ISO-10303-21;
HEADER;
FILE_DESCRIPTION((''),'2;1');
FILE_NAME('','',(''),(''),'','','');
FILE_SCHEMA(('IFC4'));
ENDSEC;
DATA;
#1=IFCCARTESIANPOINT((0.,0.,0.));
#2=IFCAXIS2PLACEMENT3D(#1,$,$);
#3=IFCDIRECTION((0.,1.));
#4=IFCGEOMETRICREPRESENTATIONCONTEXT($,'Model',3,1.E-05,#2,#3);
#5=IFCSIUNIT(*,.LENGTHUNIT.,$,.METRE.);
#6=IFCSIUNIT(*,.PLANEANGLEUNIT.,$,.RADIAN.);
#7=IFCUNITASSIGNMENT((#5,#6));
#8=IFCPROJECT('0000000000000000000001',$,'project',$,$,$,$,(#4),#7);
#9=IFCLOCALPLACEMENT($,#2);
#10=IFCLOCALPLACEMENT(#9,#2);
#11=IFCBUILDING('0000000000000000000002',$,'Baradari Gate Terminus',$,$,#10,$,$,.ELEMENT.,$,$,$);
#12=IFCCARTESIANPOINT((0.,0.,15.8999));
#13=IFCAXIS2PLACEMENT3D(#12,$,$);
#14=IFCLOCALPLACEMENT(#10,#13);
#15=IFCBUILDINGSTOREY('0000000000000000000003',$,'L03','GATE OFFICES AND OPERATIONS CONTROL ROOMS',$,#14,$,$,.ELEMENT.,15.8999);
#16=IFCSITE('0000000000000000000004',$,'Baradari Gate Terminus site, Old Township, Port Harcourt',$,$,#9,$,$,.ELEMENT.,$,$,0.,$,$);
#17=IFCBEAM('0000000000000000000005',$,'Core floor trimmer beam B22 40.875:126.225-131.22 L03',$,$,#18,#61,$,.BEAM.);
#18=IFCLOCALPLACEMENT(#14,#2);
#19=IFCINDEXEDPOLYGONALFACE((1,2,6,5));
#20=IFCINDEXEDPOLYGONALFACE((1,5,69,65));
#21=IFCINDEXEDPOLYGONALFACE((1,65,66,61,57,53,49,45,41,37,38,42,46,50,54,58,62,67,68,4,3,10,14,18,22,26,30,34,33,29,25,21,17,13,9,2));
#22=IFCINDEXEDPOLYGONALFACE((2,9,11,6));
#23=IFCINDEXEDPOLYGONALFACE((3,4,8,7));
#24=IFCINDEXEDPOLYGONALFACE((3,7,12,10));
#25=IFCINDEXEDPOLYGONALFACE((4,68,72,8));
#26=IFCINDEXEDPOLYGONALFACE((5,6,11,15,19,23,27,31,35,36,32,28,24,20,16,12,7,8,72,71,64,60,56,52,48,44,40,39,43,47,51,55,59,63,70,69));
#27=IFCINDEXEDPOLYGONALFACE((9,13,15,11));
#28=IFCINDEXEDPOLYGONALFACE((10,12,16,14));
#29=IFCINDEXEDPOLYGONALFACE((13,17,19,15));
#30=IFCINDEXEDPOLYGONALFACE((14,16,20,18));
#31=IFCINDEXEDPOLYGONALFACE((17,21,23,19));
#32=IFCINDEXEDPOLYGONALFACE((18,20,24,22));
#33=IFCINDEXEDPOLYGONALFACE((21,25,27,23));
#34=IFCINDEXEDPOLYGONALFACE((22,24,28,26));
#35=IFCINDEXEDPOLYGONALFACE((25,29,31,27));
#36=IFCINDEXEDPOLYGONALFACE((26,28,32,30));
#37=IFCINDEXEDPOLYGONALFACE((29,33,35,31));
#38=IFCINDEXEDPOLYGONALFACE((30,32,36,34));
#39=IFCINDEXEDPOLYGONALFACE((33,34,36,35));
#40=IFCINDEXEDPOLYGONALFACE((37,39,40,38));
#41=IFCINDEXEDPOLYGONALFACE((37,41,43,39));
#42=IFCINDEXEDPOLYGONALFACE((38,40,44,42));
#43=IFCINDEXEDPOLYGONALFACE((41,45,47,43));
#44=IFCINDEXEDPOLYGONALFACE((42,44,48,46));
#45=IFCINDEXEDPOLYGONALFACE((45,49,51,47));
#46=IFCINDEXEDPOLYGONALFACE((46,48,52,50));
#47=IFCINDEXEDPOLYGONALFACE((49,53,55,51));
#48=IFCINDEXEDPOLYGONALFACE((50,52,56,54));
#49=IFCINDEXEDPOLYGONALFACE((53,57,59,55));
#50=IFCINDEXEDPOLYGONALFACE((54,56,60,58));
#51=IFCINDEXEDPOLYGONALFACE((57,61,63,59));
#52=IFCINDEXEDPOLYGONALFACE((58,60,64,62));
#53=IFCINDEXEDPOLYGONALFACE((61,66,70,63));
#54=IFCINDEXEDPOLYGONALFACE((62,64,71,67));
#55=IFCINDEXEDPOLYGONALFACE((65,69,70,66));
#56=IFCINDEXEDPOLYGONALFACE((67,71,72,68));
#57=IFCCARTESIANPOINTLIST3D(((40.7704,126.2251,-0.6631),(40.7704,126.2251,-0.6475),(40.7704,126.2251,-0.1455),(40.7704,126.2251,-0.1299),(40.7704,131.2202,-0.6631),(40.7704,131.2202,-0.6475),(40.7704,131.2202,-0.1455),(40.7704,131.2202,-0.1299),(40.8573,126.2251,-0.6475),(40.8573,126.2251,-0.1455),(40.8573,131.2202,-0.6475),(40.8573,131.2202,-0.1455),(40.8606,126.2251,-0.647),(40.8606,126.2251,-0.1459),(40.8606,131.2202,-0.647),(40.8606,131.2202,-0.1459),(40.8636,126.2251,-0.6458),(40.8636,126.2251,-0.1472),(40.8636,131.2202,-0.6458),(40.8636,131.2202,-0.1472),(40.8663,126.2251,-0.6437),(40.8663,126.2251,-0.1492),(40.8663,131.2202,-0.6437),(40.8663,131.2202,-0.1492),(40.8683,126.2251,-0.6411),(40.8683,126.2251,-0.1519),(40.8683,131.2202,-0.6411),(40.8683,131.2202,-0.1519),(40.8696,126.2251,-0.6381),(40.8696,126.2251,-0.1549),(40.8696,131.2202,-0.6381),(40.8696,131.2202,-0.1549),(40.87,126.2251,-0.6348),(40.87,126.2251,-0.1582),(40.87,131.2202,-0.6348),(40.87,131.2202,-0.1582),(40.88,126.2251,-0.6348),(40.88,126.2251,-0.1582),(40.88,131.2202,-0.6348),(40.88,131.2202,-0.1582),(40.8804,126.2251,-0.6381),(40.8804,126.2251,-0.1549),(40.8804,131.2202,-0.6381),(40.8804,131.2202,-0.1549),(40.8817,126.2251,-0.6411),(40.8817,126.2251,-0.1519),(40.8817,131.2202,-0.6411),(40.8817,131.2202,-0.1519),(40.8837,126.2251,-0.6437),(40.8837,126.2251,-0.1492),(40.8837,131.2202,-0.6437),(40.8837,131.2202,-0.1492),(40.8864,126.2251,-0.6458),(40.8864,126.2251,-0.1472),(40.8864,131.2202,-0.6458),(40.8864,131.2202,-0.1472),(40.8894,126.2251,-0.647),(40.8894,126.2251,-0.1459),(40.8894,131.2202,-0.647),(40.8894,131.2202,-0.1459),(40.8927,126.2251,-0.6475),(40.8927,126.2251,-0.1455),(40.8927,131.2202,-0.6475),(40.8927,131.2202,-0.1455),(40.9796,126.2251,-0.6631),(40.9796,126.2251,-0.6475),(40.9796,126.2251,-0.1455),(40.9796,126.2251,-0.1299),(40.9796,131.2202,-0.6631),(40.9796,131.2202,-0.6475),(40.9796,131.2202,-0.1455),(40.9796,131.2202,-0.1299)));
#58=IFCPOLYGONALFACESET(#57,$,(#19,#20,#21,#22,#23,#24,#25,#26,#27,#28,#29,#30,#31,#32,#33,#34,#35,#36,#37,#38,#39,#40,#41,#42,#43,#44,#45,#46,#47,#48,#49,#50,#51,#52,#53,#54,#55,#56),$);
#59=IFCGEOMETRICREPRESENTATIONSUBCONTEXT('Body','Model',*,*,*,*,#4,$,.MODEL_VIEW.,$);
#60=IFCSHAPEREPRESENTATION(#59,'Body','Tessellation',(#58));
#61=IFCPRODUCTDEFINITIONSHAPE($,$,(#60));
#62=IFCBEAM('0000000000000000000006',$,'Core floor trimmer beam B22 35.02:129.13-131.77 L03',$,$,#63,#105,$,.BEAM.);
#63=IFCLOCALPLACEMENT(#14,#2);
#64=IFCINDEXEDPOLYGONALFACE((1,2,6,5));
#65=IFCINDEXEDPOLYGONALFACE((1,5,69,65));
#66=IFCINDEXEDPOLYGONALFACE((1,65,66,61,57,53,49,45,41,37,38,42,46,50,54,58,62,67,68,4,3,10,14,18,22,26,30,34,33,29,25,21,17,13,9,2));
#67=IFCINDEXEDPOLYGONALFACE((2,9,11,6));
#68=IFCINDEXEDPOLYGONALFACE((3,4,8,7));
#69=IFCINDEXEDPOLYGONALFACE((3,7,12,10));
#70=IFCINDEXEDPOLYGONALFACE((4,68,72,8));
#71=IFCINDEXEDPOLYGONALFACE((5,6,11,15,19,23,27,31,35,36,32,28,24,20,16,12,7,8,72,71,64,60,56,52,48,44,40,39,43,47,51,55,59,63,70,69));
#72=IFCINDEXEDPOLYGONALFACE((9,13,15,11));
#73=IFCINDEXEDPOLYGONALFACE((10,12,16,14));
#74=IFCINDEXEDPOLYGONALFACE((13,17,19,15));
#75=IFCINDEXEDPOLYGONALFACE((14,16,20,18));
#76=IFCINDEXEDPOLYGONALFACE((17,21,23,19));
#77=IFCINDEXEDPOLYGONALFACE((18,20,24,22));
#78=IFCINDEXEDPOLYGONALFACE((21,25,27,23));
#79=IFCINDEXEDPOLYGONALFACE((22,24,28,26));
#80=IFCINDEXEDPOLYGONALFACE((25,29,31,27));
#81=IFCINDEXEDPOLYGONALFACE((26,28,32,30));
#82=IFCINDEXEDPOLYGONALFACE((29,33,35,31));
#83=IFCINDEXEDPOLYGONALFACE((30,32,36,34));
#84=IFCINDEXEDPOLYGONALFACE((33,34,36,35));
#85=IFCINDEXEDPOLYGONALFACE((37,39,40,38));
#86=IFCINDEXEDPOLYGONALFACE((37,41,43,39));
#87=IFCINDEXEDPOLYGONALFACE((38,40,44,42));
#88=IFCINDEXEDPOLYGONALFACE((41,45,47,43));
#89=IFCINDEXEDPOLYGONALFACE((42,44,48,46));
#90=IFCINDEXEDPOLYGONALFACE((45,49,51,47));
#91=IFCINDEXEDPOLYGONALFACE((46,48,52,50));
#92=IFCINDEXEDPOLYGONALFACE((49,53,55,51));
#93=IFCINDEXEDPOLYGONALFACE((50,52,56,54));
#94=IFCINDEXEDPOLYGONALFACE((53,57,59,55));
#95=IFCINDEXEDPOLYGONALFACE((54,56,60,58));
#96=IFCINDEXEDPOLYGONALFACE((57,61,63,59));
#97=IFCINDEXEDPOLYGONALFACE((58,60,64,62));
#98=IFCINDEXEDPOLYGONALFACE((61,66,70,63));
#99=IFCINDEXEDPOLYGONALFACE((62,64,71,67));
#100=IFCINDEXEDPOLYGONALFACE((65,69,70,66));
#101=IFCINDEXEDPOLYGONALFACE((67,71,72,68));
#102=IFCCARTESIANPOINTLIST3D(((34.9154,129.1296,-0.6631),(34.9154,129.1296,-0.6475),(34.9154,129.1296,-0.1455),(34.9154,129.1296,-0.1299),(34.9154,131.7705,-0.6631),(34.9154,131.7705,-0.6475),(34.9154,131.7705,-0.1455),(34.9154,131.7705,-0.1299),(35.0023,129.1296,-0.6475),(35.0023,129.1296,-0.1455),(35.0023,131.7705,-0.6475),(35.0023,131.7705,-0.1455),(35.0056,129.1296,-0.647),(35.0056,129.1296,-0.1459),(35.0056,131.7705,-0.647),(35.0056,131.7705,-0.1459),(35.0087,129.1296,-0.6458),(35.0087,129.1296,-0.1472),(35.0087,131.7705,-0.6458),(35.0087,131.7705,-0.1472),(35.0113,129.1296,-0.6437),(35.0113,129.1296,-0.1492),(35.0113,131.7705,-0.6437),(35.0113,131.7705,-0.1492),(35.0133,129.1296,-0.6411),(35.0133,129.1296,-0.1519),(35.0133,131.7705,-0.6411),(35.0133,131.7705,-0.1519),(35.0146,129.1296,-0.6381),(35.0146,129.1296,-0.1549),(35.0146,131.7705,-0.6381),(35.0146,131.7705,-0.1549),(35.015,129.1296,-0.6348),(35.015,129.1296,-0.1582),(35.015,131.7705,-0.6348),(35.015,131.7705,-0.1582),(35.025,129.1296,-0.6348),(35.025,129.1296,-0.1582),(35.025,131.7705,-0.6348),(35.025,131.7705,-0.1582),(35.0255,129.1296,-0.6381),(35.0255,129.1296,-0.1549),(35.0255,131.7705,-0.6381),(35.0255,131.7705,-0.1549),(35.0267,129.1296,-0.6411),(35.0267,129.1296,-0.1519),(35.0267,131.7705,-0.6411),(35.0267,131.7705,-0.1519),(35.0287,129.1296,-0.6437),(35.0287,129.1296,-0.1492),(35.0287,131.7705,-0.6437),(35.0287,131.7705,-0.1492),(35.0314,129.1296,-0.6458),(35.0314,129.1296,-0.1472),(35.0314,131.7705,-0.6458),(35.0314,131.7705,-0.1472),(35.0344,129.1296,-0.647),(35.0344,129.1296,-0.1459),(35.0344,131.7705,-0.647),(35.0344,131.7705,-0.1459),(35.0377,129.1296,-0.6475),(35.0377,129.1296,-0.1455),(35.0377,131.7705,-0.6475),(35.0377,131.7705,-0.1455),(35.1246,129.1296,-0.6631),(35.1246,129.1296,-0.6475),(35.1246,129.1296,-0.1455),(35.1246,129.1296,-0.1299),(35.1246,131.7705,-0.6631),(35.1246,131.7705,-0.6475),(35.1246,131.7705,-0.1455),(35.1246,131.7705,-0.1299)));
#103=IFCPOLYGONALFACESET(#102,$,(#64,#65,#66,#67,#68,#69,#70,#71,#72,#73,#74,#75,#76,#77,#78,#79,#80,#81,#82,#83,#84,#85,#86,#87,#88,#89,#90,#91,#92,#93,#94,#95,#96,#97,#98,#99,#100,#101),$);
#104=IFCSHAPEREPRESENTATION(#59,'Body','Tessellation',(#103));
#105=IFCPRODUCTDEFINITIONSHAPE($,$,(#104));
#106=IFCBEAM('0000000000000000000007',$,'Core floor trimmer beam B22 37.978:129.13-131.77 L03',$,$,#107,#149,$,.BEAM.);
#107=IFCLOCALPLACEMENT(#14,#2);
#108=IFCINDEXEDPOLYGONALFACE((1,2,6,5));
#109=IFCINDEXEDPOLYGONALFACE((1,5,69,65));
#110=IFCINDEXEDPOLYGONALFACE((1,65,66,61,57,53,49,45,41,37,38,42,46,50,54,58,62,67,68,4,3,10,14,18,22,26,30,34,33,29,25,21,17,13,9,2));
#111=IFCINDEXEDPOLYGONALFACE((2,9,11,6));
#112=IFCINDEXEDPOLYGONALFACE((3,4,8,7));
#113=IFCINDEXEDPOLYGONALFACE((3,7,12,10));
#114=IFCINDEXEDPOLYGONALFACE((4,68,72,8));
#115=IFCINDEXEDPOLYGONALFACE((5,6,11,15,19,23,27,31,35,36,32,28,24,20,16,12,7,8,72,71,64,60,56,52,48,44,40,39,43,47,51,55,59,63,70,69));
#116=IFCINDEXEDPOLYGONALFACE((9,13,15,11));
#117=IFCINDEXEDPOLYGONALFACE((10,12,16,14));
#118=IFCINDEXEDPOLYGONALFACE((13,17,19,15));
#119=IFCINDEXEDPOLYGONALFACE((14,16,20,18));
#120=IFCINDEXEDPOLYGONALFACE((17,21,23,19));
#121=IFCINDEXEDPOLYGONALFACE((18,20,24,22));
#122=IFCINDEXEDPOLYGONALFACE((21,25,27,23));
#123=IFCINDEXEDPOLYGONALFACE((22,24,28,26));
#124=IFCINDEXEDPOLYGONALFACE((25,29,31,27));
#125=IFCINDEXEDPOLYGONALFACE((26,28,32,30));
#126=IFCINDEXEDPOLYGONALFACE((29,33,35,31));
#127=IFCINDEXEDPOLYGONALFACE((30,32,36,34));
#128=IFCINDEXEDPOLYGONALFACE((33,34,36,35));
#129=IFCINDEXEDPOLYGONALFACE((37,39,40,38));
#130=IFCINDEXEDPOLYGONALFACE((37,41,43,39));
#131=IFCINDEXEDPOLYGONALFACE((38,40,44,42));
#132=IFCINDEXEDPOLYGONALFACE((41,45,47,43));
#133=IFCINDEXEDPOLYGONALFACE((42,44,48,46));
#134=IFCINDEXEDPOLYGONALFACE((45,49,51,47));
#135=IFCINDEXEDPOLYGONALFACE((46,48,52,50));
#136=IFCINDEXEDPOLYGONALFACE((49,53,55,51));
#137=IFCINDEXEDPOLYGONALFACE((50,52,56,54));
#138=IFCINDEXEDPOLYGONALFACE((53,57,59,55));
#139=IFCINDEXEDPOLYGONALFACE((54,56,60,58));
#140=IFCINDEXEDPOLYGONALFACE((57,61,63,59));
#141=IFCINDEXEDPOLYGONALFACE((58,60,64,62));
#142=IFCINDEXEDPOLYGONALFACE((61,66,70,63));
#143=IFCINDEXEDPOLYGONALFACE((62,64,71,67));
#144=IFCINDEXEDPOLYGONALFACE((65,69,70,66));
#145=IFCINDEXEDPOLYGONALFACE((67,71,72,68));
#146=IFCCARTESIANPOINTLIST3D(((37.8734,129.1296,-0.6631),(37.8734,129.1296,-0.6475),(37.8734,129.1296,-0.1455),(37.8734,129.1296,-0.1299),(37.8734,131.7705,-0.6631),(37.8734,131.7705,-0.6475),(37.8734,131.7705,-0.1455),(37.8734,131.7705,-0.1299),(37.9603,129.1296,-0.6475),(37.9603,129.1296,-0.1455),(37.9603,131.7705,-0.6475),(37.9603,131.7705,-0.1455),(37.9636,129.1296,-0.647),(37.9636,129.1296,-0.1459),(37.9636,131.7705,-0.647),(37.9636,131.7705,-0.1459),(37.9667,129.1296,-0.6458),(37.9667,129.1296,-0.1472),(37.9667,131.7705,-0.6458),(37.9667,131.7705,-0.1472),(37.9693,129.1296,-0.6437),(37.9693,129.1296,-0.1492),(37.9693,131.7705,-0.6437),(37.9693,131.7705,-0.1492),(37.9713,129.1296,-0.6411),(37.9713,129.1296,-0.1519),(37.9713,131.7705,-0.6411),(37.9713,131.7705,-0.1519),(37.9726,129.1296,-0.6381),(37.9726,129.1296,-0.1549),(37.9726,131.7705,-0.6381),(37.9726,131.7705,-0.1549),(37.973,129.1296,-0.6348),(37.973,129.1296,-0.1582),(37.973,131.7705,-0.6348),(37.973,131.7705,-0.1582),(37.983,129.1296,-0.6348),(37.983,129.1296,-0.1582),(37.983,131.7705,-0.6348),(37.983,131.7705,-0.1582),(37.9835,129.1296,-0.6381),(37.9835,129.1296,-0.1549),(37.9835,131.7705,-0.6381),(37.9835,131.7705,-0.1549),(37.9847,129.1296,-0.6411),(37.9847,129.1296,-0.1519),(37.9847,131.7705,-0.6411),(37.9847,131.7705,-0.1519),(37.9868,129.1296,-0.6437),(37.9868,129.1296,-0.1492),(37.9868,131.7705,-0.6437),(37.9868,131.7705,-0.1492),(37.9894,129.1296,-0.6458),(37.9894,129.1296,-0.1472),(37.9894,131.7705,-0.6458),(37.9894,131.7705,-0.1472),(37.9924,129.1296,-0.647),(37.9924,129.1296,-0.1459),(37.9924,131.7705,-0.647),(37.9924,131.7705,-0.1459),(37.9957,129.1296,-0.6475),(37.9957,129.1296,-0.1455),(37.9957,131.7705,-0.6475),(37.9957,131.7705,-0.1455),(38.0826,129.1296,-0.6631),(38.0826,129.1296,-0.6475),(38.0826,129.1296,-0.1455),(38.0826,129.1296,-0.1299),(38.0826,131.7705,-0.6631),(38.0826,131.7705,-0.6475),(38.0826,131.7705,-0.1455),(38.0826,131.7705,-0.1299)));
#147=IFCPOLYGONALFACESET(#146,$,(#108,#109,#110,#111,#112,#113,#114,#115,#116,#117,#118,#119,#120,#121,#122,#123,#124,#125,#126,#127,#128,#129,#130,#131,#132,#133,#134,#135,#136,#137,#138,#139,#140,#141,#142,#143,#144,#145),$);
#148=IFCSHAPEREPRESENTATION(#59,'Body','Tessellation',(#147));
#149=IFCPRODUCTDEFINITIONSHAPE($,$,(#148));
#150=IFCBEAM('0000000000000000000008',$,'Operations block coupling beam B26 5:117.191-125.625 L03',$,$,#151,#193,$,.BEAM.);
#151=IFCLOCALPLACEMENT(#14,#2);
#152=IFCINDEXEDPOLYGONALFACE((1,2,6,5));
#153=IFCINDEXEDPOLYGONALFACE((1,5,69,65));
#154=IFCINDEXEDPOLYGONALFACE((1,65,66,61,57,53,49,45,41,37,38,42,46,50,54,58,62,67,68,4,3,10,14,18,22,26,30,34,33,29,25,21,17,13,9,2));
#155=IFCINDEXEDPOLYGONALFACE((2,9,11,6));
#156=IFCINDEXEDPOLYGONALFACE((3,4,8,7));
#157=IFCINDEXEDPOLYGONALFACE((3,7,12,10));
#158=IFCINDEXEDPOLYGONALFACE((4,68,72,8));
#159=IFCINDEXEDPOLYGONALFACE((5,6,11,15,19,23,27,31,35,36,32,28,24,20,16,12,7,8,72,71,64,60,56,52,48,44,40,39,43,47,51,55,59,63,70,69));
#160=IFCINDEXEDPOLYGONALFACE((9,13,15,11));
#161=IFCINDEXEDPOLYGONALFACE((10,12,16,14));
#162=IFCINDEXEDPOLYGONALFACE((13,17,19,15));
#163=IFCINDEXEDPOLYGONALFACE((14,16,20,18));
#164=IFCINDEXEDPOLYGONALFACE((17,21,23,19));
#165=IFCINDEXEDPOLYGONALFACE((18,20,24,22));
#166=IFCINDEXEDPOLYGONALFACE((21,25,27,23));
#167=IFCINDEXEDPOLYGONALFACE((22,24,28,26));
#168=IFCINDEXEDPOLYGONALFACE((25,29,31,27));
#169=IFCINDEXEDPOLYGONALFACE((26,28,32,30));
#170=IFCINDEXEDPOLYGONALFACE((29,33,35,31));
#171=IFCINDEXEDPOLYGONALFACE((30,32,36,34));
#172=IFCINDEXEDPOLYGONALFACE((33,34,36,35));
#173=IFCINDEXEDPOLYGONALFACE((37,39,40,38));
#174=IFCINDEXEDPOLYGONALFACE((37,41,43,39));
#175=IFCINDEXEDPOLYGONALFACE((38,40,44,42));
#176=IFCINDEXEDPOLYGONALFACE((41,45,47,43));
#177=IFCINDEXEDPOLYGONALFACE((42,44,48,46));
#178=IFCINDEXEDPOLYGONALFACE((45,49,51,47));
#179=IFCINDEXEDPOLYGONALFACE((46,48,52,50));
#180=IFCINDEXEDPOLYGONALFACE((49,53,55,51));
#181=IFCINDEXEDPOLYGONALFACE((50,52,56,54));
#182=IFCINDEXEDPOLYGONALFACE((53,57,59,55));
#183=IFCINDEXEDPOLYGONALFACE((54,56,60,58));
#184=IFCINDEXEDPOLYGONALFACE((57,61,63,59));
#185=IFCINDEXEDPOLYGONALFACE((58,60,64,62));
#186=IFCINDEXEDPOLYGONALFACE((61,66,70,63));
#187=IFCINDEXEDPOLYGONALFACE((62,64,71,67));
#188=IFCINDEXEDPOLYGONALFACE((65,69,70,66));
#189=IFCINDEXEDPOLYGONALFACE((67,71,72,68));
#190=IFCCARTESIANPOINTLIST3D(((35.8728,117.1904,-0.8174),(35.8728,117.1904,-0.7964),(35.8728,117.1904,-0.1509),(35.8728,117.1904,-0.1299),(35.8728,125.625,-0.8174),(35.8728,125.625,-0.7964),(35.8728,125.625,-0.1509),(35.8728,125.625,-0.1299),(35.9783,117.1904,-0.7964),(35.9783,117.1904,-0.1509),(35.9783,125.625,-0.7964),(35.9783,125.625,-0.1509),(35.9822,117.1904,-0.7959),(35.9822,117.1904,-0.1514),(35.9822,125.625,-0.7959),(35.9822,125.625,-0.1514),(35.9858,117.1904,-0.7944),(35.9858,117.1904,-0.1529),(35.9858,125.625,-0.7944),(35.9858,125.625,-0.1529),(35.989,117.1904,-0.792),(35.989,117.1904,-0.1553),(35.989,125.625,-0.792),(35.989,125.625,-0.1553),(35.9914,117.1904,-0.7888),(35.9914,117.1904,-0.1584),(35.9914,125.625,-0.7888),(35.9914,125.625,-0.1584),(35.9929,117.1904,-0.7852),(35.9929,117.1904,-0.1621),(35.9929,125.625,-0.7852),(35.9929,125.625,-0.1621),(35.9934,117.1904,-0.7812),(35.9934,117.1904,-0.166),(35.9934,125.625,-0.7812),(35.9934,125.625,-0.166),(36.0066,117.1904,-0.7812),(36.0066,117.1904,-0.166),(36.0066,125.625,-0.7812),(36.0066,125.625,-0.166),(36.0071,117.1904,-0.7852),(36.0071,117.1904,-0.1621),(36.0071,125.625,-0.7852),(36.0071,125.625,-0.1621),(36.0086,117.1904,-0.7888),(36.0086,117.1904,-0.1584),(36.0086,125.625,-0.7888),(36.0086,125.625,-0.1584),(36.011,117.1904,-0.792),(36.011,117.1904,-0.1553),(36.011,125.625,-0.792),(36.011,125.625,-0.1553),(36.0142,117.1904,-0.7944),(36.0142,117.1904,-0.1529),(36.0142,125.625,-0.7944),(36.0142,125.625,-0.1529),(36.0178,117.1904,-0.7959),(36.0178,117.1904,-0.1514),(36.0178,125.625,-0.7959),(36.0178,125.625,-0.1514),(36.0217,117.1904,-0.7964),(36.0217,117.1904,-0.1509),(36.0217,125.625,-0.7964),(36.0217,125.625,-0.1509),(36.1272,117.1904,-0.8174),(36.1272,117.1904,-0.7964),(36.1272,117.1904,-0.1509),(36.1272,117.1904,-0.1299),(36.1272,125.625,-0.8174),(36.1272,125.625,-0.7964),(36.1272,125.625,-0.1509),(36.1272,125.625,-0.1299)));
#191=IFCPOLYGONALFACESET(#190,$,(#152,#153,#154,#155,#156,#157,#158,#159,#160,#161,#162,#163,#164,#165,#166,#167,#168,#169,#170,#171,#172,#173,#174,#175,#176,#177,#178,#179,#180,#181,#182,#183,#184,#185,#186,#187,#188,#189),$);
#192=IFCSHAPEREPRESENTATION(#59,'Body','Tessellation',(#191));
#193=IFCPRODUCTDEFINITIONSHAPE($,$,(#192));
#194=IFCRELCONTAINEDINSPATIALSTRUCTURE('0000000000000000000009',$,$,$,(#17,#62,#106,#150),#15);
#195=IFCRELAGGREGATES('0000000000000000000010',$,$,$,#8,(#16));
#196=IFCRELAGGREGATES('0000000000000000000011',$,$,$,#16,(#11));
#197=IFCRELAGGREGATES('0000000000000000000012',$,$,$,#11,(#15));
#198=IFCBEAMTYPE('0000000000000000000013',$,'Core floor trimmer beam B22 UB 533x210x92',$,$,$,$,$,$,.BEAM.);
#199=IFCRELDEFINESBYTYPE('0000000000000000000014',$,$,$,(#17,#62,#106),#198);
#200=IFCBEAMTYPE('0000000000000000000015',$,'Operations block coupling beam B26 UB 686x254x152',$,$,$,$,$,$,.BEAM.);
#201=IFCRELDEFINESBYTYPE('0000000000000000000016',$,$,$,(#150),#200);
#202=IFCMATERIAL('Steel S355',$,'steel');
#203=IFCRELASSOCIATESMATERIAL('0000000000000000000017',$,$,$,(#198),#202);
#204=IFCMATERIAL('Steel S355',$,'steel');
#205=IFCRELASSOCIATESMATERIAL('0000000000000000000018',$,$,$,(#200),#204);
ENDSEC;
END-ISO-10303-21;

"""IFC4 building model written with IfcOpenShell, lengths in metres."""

from ifc_helpers import new_model, si_unit, direction, frame, origin, origin_2d, place, context, subcontext, project, spatial, i_section, extrude, material, material_profile, profile_set, type_object, element, save


model = new_model("IFC4")

# Units and contexts
model_context = context("Model", 3, precision=1e-05, world=origin(), true_north=direction((0.0, 1.0)))
body_context = subcontext(model_context, "Body", "Model", "MODEL_VIEW")
ifc_project = project(units=[si_unit("LENGTHUNIT", "METRE"), si_unit("PLANEANGLEUNIT", "RADIAN")], contexts=[model_context])

# Site, building, storey
site_placement = place(None, origin())
site = spatial("IfcSite", under=ifc_project, at=site_placement, Name="Baradari Gate Terminus site, Old Township, Port Harcourt", CompositionType="ELEMENT", RefElevation=0.0)
building_placement = place(site_placement, origin())
building = spatial("IfcBuilding", under=site, at=building_placement, Name="Baradari Gate Terminus", CompositionType="ELEMENT")
storey_placement = place(building_placement, frame((0.0, 0.0, 15.8999)))
storey = spatial("IfcBuildingStorey", under=building, at=storey_placement, Name="L03", Description="GATE OFFICES AND OPERATIONS CONTROL ROOMS", CompositionType="ELEMENT", Elevation=15.8999)

# Beams
ifc_material_1 = material(Name="Steel S355", Category="steel")
ifc_material_profile_1 = material_profile(ifc_material_1, i_section(OverallWidth=0.2092, OverallDepth=0.5332, WebThickness=0.01, FlangeThickness=0.0156, FilletRadius=0.0127, at=origin_2d()), Name="UB 533x210x92")
ifc_profile_set_1 = profile_set([ifc_material_profile_1], Name="Steel S355")
beam_type_1 = type_object("IfcBeamType", Name="Core floor trimmer beam B22 UB 533x210x92", PredefinedType="BEAM", material=ifc_profile_set_1)
beam_1_placement = place(storey_placement, frame((40.875, 126.2251, -0.3965), z_axis=(0.0, 1.0, 0.0), x_axis=(-1.0, 0.0, 0.0)))
element("IfcBeam", 1, at=beam_1_placement, inside=storey, type_object=beam_type_1, Name="Core floor trimmer beam B22 40.875:126.225-131.22 L03", PredefinedType="BEAM", context=body_context, shape_type="SweptSolid", body=[
    extrude(i_section(OverallWidth=0.2092, OverallDepth=0.5332, WebThickness=0.01, FlangeThickness=0.0156, FilletRadius=0.0127, at=origin_2d()), origin(), (0.0, 0.0, 1.0), 4.9951),
])
for number, where, z_axis, x_axis, name in (
    (2, (35.02, 129.1296, -0.3965), (0.0, 1.0, 0.0), (-1.0, 0.0, 0.0), "Core floor trimmer beam B22 35.02:129.13-131.77 L03"),
    (3, (37.978, 129.1296, -0.3965), (0.0, 1.0, 0.0), (-1.0, 0.0, 0.0), "Core floor trimmer beam B22 37.978:129.13-131.77 L03"),
):
    element("IfcBeam", number, at=place(storey_placement, frame(where, z_axis=z_axis, x_axis=x_axis)), inside=storey, type_object=beam_type_1, Name=name, PredefinedType="BEAM", context=body_context, shape_type="SweptSolid", body=[
        extrude(i_section(OverallWidth=0.2092, OverallDepth=0.5332, WebThickness=0.01, FlangeThickness=0.0156, FilletRadius=0.0127, at=origin_2d()), origin(), (0.0, 0.0, 1.0), 2.6409),
    ])
ifc_material_2 = material(Name="Steel S355", Category="steel")
ifc_material_profile_2 = material_profile(ifc_material_2, i_section(OverallWidth=0.2544, OverallDepth=0.6875, WebThickness=0.0132, FlangeThickness=0.021, FilletRadius=0.0151, at=origin_2d()), Name="UB 686x254x152")
ifc_profile_set_2 = profile_set([ifc_material_profile_2], Name="Steel S355")
beam_type_2 = type_object("IfcBeamType", Name="Operations block coupling beam B26 UB 686x254x152", PredefinedType="BEAM", material=ifc_profile_set_2)
for number, where, z_axis, x_axis, name in (
    (4, (36.0, 117.1904, -0.4736), (0.0, 1.0, 0.0), (-1.0, 0.0, 0.0), "Operations block coupling beam B26 5:117.191-125.625 L03"),
):
    element("IfcBeam", number, at=place(storey_placement, frame(where, z_axis=z_axis, x_axis=x_axis)), inside=storey, type_object=beam_type_2, Name=name, PredefinedType="BEAM", context=body_context, shape_type="SweptSolid", body=[
        extrude(i_section(OverallWidth=0.2544, OverallDepth=0.6875, WebThickness=0.0132, FlangeThickness=0.021, FilletRadius=0.0151, at=origin_2d()), origin(), (0.0, 0.0, 1.0), 8.4346),
    ])

save(model, "model.ifc")
